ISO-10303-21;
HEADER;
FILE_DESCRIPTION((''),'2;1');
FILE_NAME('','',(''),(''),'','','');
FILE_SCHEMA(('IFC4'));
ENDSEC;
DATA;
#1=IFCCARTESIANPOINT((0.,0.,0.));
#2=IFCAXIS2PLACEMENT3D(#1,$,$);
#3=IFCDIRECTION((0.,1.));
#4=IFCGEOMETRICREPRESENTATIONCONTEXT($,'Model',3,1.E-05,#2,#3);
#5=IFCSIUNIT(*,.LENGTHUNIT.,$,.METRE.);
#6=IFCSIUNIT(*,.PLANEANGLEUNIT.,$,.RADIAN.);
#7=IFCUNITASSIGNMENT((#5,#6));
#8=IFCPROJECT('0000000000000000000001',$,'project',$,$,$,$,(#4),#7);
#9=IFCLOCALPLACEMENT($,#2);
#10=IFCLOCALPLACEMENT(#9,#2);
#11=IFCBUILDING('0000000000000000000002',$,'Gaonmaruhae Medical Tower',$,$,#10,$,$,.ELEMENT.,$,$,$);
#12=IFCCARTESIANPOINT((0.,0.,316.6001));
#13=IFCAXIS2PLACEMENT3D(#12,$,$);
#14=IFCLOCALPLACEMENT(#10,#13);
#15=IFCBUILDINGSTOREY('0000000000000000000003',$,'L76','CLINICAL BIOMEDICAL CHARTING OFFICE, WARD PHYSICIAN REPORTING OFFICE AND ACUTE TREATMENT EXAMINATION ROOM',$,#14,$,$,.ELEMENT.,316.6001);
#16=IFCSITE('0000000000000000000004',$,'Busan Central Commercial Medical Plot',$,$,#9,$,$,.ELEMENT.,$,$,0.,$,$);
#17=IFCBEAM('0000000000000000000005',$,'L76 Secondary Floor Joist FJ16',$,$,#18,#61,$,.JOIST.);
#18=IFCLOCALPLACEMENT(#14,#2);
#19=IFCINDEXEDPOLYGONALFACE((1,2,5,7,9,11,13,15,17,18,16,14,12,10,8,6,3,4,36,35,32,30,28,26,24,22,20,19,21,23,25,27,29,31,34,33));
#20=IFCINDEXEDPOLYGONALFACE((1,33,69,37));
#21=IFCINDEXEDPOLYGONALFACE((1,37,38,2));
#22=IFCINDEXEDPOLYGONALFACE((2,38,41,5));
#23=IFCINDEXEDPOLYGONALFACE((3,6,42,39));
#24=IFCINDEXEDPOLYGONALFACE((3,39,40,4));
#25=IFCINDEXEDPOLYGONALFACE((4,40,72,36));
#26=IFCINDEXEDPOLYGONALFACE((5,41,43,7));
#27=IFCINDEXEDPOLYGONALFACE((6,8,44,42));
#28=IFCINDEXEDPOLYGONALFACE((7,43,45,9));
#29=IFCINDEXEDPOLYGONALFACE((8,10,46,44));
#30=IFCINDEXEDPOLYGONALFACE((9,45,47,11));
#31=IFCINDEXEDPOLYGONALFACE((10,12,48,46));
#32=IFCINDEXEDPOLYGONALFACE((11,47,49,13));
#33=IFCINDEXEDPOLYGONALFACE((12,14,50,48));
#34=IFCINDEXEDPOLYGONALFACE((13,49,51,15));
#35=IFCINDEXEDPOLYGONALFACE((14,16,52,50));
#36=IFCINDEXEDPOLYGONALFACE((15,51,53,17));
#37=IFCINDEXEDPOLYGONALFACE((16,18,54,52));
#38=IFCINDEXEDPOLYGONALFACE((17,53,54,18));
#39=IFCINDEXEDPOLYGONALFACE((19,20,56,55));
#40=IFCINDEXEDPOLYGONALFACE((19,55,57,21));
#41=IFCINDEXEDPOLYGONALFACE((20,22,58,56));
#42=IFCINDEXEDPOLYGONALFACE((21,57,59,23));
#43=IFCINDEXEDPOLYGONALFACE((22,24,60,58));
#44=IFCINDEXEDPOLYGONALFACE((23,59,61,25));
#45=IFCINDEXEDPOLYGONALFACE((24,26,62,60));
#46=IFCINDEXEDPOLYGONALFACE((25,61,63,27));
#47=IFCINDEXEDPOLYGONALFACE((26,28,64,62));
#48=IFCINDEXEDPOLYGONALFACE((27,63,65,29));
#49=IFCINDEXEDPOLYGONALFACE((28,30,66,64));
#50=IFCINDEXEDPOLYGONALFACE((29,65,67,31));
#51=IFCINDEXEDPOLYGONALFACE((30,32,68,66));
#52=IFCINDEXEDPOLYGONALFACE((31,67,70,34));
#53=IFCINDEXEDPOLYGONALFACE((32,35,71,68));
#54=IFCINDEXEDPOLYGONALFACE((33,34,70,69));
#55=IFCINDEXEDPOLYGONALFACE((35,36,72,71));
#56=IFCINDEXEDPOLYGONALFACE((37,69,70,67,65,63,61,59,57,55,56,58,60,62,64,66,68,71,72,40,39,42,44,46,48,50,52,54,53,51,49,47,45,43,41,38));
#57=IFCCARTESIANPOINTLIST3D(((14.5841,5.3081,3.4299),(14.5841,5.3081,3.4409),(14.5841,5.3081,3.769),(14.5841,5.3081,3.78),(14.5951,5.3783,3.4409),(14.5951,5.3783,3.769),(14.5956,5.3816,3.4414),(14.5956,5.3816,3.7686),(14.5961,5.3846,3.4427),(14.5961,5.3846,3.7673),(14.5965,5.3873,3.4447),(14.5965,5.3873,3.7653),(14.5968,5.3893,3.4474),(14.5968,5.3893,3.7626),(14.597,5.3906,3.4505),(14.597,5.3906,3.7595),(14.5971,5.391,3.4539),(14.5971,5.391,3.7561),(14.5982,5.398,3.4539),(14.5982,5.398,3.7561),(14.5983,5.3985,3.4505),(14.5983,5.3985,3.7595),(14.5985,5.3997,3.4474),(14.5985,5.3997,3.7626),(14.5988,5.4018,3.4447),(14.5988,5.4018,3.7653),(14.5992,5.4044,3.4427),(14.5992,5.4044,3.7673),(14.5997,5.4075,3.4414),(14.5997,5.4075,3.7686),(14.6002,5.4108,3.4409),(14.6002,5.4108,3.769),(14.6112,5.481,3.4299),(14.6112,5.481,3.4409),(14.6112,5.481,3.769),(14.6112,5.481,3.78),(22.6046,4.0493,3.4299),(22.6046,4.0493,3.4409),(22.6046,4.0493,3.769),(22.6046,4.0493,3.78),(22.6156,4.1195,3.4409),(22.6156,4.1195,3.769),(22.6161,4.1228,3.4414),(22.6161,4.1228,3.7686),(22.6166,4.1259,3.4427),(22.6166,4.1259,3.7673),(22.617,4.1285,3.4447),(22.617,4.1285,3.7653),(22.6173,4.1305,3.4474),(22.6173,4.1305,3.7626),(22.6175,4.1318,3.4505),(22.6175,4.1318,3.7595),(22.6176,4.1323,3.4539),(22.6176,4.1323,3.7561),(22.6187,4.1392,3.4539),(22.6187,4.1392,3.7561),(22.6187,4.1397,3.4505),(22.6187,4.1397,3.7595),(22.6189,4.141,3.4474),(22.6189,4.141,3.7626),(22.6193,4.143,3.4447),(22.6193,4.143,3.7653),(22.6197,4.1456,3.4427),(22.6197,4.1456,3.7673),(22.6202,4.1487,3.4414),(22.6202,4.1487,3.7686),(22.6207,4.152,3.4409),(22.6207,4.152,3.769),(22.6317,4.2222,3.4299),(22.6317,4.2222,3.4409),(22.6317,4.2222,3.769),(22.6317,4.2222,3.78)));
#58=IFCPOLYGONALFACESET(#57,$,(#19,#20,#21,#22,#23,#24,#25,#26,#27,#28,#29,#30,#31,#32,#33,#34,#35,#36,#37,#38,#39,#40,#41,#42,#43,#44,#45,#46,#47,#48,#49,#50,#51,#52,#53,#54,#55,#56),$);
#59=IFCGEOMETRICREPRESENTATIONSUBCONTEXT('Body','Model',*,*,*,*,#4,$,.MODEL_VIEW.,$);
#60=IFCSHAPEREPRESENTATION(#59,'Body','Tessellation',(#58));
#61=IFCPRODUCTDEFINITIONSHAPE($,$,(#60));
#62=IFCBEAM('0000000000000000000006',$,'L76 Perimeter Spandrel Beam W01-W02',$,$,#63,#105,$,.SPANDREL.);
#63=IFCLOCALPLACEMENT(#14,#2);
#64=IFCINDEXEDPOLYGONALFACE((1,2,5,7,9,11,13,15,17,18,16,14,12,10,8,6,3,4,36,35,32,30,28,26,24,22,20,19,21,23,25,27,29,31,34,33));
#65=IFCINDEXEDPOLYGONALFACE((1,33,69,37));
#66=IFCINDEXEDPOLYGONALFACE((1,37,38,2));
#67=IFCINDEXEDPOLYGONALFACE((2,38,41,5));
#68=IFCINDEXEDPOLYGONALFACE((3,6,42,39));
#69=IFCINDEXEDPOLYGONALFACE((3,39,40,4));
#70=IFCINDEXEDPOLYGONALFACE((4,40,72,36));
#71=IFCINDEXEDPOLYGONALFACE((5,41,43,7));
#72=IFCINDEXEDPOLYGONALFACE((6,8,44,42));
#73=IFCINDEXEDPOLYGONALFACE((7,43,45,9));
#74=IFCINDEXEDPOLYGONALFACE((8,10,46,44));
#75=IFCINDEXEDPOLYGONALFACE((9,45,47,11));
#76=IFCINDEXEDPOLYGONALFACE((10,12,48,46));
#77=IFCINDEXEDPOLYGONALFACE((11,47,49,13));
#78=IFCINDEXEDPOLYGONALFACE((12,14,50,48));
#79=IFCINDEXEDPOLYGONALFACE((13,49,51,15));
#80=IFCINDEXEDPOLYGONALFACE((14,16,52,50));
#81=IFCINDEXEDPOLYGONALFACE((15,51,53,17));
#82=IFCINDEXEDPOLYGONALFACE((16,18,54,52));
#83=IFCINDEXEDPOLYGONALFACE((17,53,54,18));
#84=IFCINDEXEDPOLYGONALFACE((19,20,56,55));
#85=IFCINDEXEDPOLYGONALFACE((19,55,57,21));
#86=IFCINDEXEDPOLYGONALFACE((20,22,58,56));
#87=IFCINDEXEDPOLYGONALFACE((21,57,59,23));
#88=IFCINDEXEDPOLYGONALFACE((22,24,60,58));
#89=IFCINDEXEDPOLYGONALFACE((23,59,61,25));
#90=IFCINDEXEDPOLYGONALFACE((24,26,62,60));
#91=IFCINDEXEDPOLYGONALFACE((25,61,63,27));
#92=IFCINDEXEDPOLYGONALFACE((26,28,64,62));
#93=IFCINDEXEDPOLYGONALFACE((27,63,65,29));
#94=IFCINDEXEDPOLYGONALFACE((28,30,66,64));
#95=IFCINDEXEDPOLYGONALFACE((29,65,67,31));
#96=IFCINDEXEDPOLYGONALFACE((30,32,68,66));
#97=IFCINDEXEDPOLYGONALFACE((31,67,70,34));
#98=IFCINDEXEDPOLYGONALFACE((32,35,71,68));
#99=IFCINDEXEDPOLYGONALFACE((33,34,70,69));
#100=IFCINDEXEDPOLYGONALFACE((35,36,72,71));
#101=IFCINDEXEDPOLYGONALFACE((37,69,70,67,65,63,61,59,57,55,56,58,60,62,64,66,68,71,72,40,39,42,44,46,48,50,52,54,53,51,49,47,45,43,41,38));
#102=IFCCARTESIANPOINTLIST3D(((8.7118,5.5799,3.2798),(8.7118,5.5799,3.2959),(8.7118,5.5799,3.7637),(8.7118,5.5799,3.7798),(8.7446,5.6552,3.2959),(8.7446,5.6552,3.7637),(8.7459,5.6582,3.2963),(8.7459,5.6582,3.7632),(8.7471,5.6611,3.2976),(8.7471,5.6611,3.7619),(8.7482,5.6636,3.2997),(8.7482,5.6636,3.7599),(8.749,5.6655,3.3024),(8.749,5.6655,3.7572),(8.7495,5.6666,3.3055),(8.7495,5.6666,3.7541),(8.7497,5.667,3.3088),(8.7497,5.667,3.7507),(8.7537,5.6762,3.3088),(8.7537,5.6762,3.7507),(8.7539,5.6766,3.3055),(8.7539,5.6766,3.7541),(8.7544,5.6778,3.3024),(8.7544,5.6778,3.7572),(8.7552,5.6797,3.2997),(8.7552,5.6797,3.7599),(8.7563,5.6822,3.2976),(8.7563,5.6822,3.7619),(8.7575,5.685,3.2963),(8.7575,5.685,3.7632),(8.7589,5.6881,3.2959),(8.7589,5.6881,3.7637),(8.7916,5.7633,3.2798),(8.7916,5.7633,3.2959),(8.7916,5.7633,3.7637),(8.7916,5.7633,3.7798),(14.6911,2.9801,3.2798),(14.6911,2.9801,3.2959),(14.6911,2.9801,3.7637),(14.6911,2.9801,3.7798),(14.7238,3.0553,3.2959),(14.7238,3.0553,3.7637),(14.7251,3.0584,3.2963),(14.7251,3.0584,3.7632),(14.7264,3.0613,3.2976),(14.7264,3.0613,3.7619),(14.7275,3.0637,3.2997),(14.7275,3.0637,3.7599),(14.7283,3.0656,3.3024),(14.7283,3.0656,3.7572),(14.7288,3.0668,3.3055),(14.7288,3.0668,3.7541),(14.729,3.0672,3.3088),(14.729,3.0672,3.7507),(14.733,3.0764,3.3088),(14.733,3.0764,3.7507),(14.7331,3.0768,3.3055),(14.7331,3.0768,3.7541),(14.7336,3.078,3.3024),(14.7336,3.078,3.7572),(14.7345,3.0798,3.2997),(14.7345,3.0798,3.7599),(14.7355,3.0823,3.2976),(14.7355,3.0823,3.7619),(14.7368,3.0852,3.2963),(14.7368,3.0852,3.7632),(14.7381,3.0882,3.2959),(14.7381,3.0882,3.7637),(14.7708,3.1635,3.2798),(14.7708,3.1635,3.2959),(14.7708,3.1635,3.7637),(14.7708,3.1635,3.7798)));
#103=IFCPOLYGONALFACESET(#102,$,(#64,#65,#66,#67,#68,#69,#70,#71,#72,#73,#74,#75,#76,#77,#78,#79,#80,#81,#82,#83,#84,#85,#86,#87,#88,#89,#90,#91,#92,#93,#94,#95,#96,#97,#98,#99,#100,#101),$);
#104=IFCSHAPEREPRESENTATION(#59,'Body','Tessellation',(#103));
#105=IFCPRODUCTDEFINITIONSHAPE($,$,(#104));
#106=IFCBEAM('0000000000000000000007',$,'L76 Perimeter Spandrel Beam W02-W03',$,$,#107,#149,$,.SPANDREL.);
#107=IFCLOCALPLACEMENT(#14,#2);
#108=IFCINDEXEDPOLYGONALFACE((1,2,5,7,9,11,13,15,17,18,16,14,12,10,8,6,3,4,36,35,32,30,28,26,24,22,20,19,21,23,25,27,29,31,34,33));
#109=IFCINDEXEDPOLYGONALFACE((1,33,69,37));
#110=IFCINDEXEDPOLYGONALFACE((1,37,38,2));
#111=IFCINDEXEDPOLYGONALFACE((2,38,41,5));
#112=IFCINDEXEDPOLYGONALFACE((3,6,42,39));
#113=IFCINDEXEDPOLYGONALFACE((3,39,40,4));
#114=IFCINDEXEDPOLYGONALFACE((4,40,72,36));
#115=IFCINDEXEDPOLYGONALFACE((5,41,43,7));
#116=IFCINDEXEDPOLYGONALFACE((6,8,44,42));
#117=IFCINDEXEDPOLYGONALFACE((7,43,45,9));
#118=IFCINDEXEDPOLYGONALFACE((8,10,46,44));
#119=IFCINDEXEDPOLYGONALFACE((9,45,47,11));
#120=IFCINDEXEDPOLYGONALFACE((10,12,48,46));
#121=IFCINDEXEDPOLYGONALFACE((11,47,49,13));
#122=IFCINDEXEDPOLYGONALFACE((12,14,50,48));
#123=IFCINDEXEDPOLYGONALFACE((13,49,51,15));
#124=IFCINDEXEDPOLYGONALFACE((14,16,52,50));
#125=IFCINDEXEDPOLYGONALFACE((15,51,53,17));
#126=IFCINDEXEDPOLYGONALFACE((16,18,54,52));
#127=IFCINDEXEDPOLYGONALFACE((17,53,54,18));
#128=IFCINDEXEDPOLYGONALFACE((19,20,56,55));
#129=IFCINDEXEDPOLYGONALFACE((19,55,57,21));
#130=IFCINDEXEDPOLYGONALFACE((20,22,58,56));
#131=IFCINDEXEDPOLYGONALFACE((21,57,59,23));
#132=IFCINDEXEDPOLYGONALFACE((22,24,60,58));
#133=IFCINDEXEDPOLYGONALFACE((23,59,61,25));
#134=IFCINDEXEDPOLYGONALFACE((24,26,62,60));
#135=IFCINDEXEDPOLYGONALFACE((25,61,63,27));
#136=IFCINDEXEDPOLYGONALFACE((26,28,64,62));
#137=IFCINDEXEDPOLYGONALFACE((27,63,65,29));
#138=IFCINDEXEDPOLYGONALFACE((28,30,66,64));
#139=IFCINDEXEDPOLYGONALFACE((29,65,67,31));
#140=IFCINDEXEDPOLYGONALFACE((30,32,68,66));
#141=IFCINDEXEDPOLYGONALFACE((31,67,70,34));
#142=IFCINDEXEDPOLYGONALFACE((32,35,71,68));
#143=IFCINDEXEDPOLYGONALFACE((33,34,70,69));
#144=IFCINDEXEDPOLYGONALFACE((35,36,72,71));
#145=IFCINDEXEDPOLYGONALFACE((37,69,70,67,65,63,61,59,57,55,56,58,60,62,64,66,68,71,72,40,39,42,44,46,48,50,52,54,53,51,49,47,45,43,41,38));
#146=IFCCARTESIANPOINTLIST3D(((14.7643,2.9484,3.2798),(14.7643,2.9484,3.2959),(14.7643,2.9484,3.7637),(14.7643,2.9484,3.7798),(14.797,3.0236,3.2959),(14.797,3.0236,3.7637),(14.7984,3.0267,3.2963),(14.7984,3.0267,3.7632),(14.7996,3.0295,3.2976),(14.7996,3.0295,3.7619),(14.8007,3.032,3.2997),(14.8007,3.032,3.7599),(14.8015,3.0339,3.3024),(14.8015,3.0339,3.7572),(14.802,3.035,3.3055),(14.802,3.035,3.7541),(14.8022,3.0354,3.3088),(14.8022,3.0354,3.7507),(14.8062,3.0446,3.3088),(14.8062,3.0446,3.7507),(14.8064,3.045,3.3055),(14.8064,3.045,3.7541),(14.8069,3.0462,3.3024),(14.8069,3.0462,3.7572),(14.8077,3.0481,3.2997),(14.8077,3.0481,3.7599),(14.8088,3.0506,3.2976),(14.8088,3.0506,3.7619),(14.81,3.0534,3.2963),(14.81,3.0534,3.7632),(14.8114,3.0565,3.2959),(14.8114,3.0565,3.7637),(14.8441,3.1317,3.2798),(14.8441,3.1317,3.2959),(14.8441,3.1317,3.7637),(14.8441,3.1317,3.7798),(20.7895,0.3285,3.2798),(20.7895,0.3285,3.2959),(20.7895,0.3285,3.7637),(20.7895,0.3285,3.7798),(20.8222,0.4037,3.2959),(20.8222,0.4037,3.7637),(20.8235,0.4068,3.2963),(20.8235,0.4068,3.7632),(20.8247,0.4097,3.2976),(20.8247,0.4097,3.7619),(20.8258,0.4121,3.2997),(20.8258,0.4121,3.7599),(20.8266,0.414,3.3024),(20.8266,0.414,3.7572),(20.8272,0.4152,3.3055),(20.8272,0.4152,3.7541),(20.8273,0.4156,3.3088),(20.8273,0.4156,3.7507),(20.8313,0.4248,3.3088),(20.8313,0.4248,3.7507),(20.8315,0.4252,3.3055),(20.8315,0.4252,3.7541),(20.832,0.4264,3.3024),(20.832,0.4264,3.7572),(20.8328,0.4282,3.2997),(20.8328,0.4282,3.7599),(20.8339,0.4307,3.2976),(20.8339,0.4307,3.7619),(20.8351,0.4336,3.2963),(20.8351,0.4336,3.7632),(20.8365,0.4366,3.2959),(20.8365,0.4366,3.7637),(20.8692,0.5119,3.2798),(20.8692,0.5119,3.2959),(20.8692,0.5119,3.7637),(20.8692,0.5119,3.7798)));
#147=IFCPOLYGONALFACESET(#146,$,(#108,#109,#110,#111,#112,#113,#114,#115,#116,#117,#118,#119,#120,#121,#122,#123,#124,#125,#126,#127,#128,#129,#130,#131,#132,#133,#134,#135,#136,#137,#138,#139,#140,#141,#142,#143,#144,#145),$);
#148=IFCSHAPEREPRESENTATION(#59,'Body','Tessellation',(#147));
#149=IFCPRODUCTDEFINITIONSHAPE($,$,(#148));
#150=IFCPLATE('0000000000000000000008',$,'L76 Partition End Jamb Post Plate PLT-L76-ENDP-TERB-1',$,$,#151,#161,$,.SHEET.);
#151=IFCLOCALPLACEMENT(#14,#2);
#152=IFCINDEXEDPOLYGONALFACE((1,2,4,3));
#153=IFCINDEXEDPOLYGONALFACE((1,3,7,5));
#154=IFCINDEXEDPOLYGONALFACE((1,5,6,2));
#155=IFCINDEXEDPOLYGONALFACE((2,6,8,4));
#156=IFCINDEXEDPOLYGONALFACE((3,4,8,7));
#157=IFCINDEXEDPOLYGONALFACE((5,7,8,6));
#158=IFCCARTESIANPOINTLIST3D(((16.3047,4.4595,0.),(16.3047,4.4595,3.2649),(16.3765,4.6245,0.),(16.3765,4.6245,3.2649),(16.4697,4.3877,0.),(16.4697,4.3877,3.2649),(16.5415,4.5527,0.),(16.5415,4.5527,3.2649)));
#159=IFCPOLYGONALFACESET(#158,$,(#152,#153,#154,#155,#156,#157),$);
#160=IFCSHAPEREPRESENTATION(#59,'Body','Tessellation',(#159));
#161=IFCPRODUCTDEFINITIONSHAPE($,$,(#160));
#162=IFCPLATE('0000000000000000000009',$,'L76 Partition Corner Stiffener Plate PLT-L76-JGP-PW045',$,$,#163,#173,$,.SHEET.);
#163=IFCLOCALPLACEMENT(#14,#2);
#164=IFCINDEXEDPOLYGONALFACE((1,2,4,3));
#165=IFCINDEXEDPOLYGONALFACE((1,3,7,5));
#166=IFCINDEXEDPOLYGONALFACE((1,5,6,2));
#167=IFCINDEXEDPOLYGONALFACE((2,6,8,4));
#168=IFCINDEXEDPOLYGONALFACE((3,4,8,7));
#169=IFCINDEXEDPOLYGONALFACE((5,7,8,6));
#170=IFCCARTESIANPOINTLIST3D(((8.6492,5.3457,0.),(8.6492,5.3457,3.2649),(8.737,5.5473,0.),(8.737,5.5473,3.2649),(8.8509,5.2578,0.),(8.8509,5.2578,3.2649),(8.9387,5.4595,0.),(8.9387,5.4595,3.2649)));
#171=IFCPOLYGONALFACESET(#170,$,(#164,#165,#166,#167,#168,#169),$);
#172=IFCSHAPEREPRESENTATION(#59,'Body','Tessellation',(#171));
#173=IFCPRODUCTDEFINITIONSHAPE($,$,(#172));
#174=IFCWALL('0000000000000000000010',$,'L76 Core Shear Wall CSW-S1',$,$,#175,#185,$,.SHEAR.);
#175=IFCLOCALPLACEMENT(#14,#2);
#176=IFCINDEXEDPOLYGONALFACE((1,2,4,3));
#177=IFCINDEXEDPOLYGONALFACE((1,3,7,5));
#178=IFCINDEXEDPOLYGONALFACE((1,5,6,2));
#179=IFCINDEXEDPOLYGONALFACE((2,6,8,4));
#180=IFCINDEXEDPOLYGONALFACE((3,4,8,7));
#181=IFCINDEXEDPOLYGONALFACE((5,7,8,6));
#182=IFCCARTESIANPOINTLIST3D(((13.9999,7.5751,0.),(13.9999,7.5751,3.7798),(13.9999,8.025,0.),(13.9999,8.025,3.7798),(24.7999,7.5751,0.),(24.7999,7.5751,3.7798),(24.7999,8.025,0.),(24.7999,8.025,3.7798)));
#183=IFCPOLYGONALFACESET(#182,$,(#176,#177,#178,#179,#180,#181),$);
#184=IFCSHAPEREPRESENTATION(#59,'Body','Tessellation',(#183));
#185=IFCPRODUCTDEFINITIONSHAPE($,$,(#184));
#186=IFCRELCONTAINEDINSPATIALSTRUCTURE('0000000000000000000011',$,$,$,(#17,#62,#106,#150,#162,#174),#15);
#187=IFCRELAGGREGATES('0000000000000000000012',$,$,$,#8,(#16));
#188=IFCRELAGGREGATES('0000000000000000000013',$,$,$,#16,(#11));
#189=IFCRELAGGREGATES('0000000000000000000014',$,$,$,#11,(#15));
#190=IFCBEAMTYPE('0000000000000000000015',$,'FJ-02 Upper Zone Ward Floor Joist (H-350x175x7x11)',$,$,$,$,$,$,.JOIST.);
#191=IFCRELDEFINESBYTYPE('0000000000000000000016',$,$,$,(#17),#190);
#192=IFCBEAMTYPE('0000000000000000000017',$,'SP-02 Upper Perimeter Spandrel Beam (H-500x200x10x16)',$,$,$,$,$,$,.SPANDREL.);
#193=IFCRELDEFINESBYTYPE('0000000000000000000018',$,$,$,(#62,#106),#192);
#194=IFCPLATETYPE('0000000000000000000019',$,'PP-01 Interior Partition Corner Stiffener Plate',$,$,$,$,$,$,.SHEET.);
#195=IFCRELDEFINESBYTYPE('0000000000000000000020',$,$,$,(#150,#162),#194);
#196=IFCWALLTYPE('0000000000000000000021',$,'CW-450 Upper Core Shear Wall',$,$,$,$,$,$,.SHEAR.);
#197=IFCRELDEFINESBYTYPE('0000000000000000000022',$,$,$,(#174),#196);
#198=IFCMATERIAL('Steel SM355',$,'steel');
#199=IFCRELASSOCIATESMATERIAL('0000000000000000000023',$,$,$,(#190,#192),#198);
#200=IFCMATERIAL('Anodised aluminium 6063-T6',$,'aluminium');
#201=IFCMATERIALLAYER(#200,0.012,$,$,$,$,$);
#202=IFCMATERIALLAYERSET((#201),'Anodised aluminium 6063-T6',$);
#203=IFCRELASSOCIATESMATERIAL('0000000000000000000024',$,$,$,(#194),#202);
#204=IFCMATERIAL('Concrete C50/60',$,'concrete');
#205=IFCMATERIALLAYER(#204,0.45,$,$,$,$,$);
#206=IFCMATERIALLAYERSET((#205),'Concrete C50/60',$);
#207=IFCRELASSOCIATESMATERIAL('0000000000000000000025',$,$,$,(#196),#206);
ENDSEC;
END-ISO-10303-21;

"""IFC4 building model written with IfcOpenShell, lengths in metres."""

from ifc_helpers import new_model, si_unit, direction, frame, frame_2d, origin, origin_2d, place, context, subcontext, project, spatial, rectangle, i_section, extrude, material, layer, layer_set, material_profile, profile_set, type_object, element, save


model = new_model("IFC4")

# Units and contexts
model_context = context("Model", 3, precision=1e-05, world=origin(), true_north=direction((0.0, 1.0)))
body_context = subcontext(model_context, "Body", "Model", "MODEL_VIEW")
ifc_project = project(units=[si_unit("LENGTHUNIT", "METRE"), si_unit("PLANEANGLEUNIT", "RADIAN")], contexts=[model_context])

# Site, building, storey
site_placement = place(None, origin())
site = spatial("IfcSite", under=ifc_project, at=site_placement, Name="Busan Central Commercial Medical Plot", CompositionType="ELEMENT", RefElevation=0.0)
building_placement = place(site_placement, origin())
building = spatial("IfcBuilding", under=site, at=building_placement, Name="Gaonmaruhae Medical Tower", CompositionType="ELEMENT")
storey_placement = place(building_placement, frame((0.0, 0.0, 316.6001)))
storey = spatial("IfcBuildingStorey", under=building, at=storey_placement, Name="L76", Description="CLINICAL BIOMEDICAL CHARTING OFFICE, WARD PHYSICIAN REPORTING OFFICE AND ACUTE TREATMENT EXAMINATION ROOM", CompositionType="ELEMENT", Elevation=316.6001)

# Shared definitions
ifc_material_1 = material(Name="Concrete C50/60", Category="concrete")

# Beams
ifc_material_2 = material(Name="Steel SM355", Category="steel")
ifc_material_profile_1 = material_profile(ifc_material_2, i_section(OverallWidth=0.175, OverallDepth=0.3501, WebThickness=0.0071, FlangeThickness=0.011, FilletRadius=0.0129, at=origin_2d()), Name="H-350x175x7x11")
ifc_profile_set_1 = profile_set([ifc_material_profile_1], Name="Steel SM355")
beam_type_1 = type_object("IfcBeamType", Name="FJ-02 Upper Zone Ward Floor Joist (H-350x175x7x11)", PredefinedType="JOIST", material=ifc_profile_set_1)
beam_1_placement = place(storey_placement, frame((14.5977, 5.3945, 3.605), z_axis=(0.987907, -0.155048, 0.0), x_axis=(0.155048, 0.987907, 0.0)))
element("IfcBeam", 1, at=beam_1_placement, inside=storey, type_object=beam_type_1, Name="L76 Secondary Floor Joist FJ16", PredefinedType="JOIST", context=body_context, shape_type="SweptSolid", body=[
    extrude(i_section(OverallWidth=0.175, OverallDepth=0.3501, WebThickness=0.0071, FlangeThickness=0.011, FilletRadius=0.0129, at=origin_2d()), origin(), (0.0, 0.0, 1.0), 8.1187),
])
ifc_material_profile_2 = material_profile(ifc_material_2, i_section(OverallWidth=0.2, OverallDepth=0.5, WebThickness=0.01, FlangeThickness=0.0161, FilletRadius=0.0129, at=origin_2d()), Name="H-500x200x10x16")
ifc_profile_set_2 = profile_set([ifc_material_profile_2], Name="Steel SM355")
beam_type_2 = type_object("IfcBeamType", Name="SP-02 Upper Perimeter Spandrel Beam (H-500x200x10x16)", PredefinedType="SPANDREL", material=ifc_profile_set_2)
beam_2_placement = place(storey_placement, frame((8.7517, 5.6716, 3.5298), z_axis=(0.91706, -0.398749, 0.0), x_axis=(0.398749, 0.91706, 0.0)))
element("IfcBeam", 2, at=beam_2_placement, inside=storey, type_object=beam_type_2, Name="L76 Perimeter Spandrel Beam W01-W02", PredefinedType="SPANDREL", context=body_context, shape_type="SweptSolid", body=[
    extrude(i_section(OverallWidth=0.2, OverallDepth=0.5, WebThickness=0.01, FlangeThickness=0.0161, FilletRadius=0.0129, at=origin_2d()), origin(), (0.0, 0.0, 1.0), 6.52),
])
beam_3_placement = place(storey_placement, frame((14.8042, 3.04, 3.5298), z_axis=(0.917056, -0.398757, 0.0), x_axis=(0.398757, 0.917056, 0.0)))
element("IfcBeam", 3, at=beam_3_placement, inside=storey, type_object=beam_type_2, Name="L76 Perimeter Spandrel Beam W02-W03", PredefinedType="SPANDREL", context=body_context, shape_type="SweptSolid", body=[
    extrude(i_section(OverallWidth=0.2, OverallDepth=0.5, WebThickness=0.01, FlangeThickness=0.0161, FilletRadius=0.0129, at=origin_2d()), origin(), (0.0, 0.0, 1.0), 6.5701),
])

# Plates
ifc_material_3 = material(Name="Anodised aluminium 6063-T6", Category="aluminium")
ifc_layer_1 = layer(ifc_material_3, 0.012)
ifc_layer_set_1 = layer_set([ifc_layer_1], Name="Anodised aluminium 6063-T6")
plate_type = type_object("IfcPlateType", Name="PP-01 Interior Partition Corner Stiffener Plate", PredefinedType="SHEET", material=ifc_layer_set_1)
plate_1_placement = place(storey_placement, frame((16.4231, 4.5061, 0.0), z_axis=(0.0, 0.0, 1.0), x_axis=(-0.91706, 0.398749, 0.0)))
element("IfcPlate", 4, at=plate_1_placement, inside=storey, type_object=plate_type, Name="L76 Partition End Jamb Post Plate PLT-L76-ENDP-TERB-1", PredefinedType="SHEET", context=body_context, shape_type="SweptSolid", body=[
    extrude(rectangle(XDim=0.1799, YDim=0.1799, at=origin_2d()), origin(), (0.0, 0.0, 1.0), 3.2649),
])
plate_2_placement = place(storey_placement, frame((8.7939, 5.4026, 0.0), z_axis=(0.0, 0.0, 1.0), x_axis=(-0.916809, 0.399325, 0.0)))
element("IfcPlate", 5, at=plate_2_placement, inside=storey, type_object=plate_type, Name="L76 Partition Corner Stiffener Plate PLT-L76-JGP-PW045", PredefinedType="SHEET", context=body_context, shape_type="SweptSolid", body=[
    extrude(rectangle(XDim=0.22, YDim=0.22, at=origin_2d()), origin(), (0.0, 0.0, 1.0), 3.2649),
])

# Wall
ifc_layer_2 = layer(ifc_material_1, 0.45)
ifc_layer_set_2 = layer_set([ifc_layer_2], Name="Concrete C50/60")
wall_type_1 = type_object("IfcWallType", Name="CW-450 Upper Core Shear Wall", PredefinedType="SHEAR", material=ifc_layer_set_2)
wall_1_placement = place(storey_placement, frame((14.0, 7.8, 0.0), z_axis=(0.0, 0.0, 1.0), x_axis=(1.0, 0.0, 0.0)))
element("IfcWall", 6, at=wall_1_placement, inside=storey, type_object=wall_type_1, Name="L76 Core Shear Wall CSW-S1", PredefinedType="SHEAR", context=body_context, shape_type="SweptSolid", body=[
    extrude(rectangle(XDim=10.8, YDim=0.45, at=frame_2d((5.3999, 0.0))), origin(), (0.0, 0.0, 1.0), 3.7798),
])

save(model, "model.ifc")
